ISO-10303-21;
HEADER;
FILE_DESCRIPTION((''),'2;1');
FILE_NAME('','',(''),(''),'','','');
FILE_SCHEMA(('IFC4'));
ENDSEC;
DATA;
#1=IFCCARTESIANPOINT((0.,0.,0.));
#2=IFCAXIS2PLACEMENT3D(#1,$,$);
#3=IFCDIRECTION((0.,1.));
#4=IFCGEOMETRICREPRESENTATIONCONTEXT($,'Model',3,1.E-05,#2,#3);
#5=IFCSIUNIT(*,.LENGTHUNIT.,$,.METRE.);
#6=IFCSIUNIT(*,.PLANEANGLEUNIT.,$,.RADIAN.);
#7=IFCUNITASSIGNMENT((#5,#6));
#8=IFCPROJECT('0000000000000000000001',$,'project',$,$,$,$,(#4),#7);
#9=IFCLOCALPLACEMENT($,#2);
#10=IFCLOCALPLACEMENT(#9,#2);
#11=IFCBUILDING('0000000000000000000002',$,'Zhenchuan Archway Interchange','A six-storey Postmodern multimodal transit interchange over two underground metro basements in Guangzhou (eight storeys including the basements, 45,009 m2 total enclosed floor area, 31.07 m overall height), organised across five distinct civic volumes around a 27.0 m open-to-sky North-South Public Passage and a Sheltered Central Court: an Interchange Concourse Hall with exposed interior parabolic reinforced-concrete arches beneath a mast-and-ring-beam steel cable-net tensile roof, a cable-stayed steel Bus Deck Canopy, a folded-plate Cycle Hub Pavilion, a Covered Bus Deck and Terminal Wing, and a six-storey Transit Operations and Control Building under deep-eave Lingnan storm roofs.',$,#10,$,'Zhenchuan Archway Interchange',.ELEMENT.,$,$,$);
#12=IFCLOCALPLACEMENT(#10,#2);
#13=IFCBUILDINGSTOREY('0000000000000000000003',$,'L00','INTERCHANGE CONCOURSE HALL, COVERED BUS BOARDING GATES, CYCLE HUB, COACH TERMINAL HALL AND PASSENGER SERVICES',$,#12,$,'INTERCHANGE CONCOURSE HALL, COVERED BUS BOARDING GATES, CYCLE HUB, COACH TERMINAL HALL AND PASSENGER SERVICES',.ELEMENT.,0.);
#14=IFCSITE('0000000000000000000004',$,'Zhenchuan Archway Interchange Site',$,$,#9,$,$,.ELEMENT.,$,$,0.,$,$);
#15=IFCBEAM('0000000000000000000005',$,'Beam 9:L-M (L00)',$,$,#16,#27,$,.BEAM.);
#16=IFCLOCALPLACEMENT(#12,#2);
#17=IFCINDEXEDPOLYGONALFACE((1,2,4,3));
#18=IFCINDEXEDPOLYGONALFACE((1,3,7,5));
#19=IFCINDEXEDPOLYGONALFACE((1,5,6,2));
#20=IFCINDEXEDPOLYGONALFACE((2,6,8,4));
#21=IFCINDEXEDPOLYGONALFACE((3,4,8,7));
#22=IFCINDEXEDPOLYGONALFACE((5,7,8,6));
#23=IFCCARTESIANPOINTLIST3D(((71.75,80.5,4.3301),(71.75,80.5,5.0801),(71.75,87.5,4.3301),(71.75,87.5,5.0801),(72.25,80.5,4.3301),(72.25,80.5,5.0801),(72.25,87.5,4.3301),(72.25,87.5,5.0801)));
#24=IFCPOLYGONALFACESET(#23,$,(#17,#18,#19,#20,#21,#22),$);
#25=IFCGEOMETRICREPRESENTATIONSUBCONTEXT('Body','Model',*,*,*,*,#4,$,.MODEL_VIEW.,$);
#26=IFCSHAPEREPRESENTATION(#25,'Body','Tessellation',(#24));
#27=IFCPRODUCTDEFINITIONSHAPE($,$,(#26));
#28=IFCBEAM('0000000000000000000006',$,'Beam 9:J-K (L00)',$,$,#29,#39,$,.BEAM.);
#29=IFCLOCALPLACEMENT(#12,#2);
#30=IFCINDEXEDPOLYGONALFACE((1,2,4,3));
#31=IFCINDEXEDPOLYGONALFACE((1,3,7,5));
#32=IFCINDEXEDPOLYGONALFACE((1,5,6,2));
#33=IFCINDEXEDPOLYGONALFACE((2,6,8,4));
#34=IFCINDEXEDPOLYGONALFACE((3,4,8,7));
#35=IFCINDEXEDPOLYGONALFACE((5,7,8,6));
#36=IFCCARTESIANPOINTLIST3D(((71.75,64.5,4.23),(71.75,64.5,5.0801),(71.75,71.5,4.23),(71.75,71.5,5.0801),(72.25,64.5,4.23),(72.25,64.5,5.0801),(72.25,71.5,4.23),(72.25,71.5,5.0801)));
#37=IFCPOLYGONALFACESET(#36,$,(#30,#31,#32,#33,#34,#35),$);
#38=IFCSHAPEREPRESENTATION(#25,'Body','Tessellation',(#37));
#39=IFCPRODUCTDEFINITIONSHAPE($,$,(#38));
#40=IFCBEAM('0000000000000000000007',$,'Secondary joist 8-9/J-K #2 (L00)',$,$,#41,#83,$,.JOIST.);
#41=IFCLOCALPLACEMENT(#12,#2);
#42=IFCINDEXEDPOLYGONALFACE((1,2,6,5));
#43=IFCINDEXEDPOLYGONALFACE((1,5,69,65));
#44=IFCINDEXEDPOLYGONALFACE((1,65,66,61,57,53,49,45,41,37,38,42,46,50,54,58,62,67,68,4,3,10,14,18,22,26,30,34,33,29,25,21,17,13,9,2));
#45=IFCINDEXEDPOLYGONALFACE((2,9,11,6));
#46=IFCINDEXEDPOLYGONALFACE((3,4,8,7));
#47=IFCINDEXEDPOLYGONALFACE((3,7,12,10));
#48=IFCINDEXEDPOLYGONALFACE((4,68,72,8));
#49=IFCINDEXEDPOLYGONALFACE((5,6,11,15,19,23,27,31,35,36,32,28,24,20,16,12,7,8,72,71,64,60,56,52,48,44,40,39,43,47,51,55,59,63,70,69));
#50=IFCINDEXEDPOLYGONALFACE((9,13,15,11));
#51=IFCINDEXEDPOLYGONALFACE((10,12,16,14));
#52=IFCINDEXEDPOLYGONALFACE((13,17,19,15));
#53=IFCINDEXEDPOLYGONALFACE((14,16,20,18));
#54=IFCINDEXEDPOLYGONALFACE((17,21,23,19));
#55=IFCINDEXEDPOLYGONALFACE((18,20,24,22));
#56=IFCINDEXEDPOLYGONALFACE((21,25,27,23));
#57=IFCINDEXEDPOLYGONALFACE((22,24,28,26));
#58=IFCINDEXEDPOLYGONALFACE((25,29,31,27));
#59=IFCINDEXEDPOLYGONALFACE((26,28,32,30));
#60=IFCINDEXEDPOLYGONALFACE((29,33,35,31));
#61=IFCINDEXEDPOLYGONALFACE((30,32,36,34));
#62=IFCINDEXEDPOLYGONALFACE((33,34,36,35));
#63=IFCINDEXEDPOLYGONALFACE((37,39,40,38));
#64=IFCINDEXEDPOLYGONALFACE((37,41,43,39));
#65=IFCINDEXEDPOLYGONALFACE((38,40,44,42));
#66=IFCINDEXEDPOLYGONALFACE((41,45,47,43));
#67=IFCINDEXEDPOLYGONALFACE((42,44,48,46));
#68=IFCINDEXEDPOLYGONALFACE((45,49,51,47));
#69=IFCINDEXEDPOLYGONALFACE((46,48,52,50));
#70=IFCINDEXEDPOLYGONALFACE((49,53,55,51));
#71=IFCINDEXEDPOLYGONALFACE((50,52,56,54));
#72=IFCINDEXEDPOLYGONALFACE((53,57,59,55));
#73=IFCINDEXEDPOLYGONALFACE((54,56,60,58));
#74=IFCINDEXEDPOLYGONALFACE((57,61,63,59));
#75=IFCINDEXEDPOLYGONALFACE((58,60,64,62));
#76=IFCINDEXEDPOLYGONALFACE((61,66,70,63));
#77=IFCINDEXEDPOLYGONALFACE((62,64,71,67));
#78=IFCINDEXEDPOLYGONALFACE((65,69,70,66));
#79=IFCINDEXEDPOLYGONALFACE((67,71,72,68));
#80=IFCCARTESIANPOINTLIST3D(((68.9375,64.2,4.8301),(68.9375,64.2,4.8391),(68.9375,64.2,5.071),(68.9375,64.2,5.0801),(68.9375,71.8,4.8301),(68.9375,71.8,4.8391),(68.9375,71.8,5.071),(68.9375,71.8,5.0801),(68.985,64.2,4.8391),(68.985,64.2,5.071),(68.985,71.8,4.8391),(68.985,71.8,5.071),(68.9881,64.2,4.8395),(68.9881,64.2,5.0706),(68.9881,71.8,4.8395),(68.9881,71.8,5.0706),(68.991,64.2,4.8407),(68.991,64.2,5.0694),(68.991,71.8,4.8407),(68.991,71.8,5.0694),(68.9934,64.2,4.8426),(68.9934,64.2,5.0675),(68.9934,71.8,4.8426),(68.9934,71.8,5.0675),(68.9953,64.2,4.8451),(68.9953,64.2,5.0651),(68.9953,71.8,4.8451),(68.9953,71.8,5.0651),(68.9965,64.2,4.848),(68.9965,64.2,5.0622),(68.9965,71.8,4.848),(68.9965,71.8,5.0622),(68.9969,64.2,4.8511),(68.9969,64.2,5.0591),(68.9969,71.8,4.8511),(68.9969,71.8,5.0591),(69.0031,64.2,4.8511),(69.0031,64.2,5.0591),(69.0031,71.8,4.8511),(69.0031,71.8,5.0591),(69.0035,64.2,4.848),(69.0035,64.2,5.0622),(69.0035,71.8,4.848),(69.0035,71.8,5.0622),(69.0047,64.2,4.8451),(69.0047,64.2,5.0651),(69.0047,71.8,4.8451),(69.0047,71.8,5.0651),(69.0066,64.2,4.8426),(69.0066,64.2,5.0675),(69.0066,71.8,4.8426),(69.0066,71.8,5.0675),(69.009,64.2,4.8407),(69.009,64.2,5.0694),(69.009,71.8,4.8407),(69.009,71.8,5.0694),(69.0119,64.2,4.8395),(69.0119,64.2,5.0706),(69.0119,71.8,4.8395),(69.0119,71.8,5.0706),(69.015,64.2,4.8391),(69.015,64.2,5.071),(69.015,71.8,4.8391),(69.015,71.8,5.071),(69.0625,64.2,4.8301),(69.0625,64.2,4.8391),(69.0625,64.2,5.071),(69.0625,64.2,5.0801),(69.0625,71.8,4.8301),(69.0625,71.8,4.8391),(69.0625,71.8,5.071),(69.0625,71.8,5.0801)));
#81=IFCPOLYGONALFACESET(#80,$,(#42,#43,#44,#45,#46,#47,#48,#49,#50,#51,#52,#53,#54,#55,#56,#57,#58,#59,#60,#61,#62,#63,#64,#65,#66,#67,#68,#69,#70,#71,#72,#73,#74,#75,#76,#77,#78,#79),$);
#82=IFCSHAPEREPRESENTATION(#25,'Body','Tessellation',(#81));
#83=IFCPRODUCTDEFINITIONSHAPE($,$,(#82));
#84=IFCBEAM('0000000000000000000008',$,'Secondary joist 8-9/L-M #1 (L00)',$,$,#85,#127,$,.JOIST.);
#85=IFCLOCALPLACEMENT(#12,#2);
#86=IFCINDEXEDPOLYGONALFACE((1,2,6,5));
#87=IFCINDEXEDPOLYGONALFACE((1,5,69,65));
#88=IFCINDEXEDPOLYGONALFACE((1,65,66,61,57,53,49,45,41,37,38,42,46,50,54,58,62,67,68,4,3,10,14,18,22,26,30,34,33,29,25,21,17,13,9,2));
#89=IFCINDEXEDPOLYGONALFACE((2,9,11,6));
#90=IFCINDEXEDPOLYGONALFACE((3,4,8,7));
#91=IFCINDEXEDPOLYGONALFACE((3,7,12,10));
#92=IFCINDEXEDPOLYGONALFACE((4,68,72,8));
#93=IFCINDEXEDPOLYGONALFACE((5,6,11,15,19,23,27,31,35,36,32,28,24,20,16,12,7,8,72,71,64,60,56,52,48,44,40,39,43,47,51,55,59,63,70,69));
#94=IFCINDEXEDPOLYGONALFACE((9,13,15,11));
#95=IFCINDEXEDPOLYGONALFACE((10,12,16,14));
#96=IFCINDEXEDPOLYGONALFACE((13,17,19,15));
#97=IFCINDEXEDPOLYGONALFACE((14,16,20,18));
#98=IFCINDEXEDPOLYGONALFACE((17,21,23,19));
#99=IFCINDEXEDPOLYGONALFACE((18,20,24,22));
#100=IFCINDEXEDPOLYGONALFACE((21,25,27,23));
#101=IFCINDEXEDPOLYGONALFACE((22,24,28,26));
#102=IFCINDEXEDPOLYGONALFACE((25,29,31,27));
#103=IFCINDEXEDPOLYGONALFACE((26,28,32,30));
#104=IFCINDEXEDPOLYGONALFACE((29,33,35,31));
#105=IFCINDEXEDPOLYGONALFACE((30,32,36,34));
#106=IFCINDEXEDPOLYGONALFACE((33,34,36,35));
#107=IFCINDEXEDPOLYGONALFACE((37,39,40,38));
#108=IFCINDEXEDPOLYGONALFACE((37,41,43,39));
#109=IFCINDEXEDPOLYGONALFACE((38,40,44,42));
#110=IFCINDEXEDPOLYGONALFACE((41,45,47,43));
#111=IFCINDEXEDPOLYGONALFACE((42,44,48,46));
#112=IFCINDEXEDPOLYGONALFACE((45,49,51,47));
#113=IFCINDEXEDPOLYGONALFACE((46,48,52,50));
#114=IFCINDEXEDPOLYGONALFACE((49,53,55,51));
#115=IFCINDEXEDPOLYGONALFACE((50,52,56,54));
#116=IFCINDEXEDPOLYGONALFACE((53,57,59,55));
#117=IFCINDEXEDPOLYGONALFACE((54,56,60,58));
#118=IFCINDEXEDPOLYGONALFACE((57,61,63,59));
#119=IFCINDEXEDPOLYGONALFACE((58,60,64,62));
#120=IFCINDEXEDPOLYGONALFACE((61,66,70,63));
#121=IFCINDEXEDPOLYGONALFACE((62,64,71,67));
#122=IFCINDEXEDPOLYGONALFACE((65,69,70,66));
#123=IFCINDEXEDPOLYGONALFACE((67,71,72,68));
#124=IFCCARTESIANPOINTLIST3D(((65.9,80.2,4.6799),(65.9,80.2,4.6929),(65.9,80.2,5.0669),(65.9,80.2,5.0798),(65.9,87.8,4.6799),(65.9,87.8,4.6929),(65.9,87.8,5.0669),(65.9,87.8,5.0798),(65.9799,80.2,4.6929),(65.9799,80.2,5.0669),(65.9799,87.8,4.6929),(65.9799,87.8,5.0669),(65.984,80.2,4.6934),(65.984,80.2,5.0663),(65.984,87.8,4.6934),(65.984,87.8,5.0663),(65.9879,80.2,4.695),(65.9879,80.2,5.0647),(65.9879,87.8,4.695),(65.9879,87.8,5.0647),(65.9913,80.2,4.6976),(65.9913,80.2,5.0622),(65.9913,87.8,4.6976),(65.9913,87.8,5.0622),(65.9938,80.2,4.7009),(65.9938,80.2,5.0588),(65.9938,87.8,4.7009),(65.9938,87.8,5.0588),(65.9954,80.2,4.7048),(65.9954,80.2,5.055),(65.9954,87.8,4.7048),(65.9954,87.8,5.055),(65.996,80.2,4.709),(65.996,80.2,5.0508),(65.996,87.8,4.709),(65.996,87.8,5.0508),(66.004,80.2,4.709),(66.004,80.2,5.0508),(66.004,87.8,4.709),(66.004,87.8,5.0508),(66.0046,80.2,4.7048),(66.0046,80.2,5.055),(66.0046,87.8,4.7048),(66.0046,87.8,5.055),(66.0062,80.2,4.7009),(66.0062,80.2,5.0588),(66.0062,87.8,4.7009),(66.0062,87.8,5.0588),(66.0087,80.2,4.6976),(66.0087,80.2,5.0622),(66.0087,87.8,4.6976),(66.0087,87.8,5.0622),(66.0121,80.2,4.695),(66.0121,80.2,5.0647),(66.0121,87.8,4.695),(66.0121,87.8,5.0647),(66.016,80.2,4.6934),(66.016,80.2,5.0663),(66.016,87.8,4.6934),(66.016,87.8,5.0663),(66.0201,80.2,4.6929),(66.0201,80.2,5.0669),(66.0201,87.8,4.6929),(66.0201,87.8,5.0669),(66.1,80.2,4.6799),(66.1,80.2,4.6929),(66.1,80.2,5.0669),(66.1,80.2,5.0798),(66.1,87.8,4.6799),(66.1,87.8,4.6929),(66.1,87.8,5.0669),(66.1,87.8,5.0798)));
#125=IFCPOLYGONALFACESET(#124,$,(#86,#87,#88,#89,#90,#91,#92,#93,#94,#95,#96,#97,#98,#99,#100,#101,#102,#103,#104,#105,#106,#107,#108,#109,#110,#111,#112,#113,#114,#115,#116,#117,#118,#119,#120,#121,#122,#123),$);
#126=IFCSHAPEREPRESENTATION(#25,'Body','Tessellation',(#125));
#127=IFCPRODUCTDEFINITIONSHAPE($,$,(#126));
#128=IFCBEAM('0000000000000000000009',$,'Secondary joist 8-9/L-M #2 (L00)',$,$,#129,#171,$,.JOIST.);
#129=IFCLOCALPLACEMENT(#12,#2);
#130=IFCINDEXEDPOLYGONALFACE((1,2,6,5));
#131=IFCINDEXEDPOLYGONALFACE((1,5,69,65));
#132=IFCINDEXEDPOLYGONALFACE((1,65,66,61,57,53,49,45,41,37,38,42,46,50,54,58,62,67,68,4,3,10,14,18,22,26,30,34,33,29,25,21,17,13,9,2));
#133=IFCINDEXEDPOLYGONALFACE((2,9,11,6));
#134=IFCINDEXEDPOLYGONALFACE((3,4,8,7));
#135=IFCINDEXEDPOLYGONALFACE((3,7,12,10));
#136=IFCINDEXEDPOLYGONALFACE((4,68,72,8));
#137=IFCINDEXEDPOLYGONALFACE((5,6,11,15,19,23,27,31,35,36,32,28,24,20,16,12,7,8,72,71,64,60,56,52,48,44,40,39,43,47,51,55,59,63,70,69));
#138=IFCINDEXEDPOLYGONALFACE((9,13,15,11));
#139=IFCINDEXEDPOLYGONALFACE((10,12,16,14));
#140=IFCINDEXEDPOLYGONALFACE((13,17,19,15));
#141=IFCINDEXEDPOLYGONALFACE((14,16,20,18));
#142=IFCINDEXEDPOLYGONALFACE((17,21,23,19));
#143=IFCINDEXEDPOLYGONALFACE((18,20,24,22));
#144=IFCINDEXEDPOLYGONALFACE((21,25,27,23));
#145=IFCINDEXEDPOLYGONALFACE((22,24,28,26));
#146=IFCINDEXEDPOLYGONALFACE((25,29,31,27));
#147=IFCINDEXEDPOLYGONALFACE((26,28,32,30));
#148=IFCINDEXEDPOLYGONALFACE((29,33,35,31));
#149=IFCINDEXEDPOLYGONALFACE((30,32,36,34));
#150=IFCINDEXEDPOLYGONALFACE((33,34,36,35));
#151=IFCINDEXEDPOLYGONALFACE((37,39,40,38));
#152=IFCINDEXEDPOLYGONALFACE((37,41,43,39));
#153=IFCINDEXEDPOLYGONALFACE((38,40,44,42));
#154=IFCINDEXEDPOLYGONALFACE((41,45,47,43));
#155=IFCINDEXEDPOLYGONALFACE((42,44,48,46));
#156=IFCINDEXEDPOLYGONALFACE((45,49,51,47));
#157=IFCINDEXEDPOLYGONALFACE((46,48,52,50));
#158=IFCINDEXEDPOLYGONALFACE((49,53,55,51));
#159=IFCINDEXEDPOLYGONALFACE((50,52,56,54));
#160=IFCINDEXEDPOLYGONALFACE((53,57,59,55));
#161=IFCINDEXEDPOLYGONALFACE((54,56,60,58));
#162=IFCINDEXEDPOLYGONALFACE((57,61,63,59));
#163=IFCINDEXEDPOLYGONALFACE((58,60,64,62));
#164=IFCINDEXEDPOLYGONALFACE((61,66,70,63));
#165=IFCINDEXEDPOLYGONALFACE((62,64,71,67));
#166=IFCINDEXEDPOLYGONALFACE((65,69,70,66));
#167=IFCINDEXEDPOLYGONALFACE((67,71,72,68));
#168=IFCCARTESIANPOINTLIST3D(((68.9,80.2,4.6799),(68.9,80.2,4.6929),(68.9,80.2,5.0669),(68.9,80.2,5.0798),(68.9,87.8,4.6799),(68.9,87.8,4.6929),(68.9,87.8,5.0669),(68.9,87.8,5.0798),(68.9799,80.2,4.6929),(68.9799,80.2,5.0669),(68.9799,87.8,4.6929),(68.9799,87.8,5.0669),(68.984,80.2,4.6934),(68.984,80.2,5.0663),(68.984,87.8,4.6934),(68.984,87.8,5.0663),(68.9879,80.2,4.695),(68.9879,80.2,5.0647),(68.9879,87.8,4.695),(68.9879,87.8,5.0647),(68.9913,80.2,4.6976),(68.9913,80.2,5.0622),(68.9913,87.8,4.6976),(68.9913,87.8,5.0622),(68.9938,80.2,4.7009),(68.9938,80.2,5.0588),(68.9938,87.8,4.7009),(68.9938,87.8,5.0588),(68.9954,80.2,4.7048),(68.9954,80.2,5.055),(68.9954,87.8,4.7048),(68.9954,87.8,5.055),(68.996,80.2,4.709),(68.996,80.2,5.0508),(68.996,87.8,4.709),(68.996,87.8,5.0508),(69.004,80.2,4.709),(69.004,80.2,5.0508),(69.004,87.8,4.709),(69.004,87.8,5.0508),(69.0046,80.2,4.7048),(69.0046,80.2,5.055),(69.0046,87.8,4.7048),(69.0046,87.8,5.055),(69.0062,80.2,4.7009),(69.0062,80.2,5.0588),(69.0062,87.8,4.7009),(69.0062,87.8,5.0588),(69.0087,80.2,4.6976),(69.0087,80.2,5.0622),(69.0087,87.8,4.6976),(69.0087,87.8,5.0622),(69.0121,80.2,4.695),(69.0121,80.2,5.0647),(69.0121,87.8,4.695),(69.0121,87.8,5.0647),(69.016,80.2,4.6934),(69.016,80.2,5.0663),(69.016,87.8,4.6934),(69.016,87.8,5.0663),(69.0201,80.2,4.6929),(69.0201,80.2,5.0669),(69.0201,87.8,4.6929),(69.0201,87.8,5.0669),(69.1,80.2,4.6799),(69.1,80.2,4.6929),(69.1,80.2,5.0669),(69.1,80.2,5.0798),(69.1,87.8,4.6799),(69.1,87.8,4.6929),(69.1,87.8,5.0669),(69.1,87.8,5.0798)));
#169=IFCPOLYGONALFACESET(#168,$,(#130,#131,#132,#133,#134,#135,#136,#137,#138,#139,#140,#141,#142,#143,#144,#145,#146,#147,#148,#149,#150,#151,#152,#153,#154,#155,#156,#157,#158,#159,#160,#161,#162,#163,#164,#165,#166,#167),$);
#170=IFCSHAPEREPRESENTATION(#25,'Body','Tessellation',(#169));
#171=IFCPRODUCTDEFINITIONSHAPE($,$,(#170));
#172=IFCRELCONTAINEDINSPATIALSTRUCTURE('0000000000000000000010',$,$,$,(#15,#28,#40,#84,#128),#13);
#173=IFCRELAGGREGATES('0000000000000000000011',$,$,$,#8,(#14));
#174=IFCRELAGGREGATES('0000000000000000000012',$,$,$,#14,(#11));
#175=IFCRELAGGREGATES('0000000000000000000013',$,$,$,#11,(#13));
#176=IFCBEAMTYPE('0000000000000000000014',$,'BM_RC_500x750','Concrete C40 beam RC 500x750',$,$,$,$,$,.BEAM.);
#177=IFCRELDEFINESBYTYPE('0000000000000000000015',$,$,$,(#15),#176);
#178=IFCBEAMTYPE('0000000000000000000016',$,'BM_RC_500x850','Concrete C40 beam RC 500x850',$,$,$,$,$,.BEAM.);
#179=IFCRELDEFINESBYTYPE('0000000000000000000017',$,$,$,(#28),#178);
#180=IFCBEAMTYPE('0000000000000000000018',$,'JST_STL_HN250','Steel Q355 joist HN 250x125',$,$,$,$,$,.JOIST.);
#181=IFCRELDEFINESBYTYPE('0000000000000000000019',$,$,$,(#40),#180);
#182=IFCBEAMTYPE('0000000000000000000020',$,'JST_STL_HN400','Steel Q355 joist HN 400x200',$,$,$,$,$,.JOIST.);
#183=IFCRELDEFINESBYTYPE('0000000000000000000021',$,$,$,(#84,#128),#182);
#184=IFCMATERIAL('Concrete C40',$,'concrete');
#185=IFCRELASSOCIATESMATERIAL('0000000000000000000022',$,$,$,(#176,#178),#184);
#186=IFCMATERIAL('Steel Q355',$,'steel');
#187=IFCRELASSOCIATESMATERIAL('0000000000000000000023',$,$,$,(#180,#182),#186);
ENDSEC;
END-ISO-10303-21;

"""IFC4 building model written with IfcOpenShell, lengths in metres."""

from ifc_helpers import new_model, si_unit, direction, frame, origin, origin_2d, place, context, subcontext, project, spatial, rectangle, i_section, extrude, material, material_profile, profile_set, type_object, element, save


model = new_model("IFC4")

# Units and contexts
model_context = context("Model", 3, precision=1e-05, world=origin(), true_north=direction((0.0, 1.0)))
body_context = subcontext(model_context, "Body", "Model", "MODEL_VIEW")
ifc_project = project(units=[si_unit("LENGTHUNIT", "METRE"), si_unit("PLANEANGLEUNIT", "RADIAN")], contexts=[model_context])

# Site, building, storey
site_placement = place(None, origin())
site = spatial("IfcSite", under=ifc_project, at=site_placement, Name="Zhenchuan Archway Interchange Site", CompositionType="ELEMENT", RefElevation=0.0)
building_placement = place(site_placement, origin())
building = spatial("IfcBuilding", under=site, at=building_placement, Name="Zhenchuan Archway Interchange", Description="A six-storey Postmodern multimodal transit interchange over two underground metro basements in Guangzhou (eight storeys including the basements, 45,009 m2 total enclosed floor area, 31.07 m overall height), organised across five distinct civic volumes around a 27.0 m open-to-sky North-South Public Passage and a Sheltered Central Court: an Interchange Concourse Hall with exposed interior parabolic reinforced-concrete arches beneath a mast-and-ring-beam steel cable-net tensile roof, a cable-stayed steel Bus Deck Canopy, a folded-plate Cycle Hub Pavilion, a Covered Bus Deck and Terminal Wing, and a six-storey Transit Operations and Control Building under deep-eave Lingnan storm roofs.", LongName="Zhenchuan Archway Interchange", CompositionType="ELEMENT")
storey_placement = place(building_placement, origin())
storey = spatial("IfcBuildingStorey", under=building, at=storey_placement, Name="L00", Description="INTERCHANGE CONCOURSE HALL, COVERED BUS BOARDING GATES, CYCLE HUB, COACH TERMINAL HALL AND PASSENGER SERVICES", LongName="INTERCHANGE CONCOURSE HALL, COVERED BUS BOARDING GATES, CYCLE HUB, COACH TERMINAL HALL AND PASSENGER SERVICES", CompositionType="ELEMENT", Elevation=0.0)

# Shared definitions
ifc_material_1 = material(Name="Concrete C40", Category="concrete")

# Beams
ifc_material_profile_1 = material_profile(ifc_material_1, rectangle(XDim=0.5, YDim=0.75, at=origin_2d()), Name="RC 500x750")
ifc_profile_set_1 = profile_set([ifc_material_profile_1], Name="Concrete C40")
beam_type_1 = type_object("IfcBeamType", Name="BM_RC_500x750", Description="Concrete C40 beam RC 500x750", PredefinedType="BEAM", material=ifc_profile_set_1)
for number, where, z_axis, x_axis, name in (
    (1, (72.0, 80.5, 4.7051), (0.0, 1.0, 0.0), (-1.0, 0.0, 0.0), "Beam 9:L-M (L00)"),
):
    element("IfcBeam", number, at=place(storey_placement, frame(where, z_axis=z_axis, x_axis=x_axis)), inside=storey, type_object=beam_type_1, Name=name, PredefinedType="BEAM", context=body_context, shape_type="SweptSolid", body=[
        extrude(rectangle(XDim=0.5, YDim=0.75, at=origin_2d()), origin(), (0.0, 0.0, 1.0), 7.0),
    ])
ifc_material_profile_2 = material_profile(ifc_material_1, rectangle(XDim=0.5, YDim=0.8501, at=origin_2d()), Name="RC 500x850")
ifc_profile_set_2 = profile_set([ifc_material_profile_2], Name="Concrete C40")
beam_type_2 = type_object("IfcBeamType", Name="BM_RC_500x850", Description="Concrete C40 beam RC 500x850", PredefinedType="BEAM", material=ifc_profile_set_2)
beam_1_placement = place(storey_placement, frame((72.0, 64.5, 4.655), z_axis=(0.0, 1.0, 0.0), x_axis=(-1.0, 0.0, 0.0)))
element("IfcBeam", 2, at=beam_1_placement, inside=storey, type_object=beam_type_2, Name="Beam 9:J-K (L00)", PredefinedType="BEAM", context=body_context, shape_type="SweptSolid", body=[
    extrude(rectangle(XDim=0.5, YDim=0.8501, at=origin_2d()), origin(), (0.0, 0.0, 1.0), 7.0),
])
ifc_material_2 = material(Name="Steel Q355", Category="steel")
ifc_material_profile_3 = material_profile(ifc_material_2, i_section(OverallWidth=0.125, OverallDepth=0.25, WebThickness=0.0061, FlangeThickness=0.009, FilletRadius=0.012, at=origin_2d()), Name="HN 250x125")
ifc_profile_set_3 = profile_set([ifc_material_profile_3], Name="Steel Q355")
beam_type_3 = type_object("IfcBeamType", Name="JST_STL_HN250", Description="Steel Q355 joist HN 250x125", PredefinedType="JOIST", material=ifc_profile_set_3)
beam_2_placement = place(storey_placement, frame((69.0, 64.2, 4.9551), z_axis=(0.0, 1.0, 0.0), x_axis=(-1.0, 0.0, 0.0)))
element("IfcBeam", 3, at=beam_2_placement, inside=storey, type_object=beam_type_3, Name="Secondary joist 8-9/J-K #2 (L00)", PredefinedType="JOIST", context=body_context, shape_type="SweptSolid", body=[
    extrude(i_section(OverallWidth=0.125, OverallDepth=0.25, WebThickness=0.0061, FlangeThickness=0.009, FilletRadius=0.012, at=origin_2d()), origin(), (0.0, 0.0, 1.0), 7.6001),
])
ifc_material_profile_4 = material_profile(ifc_material_2, i_section(OverallWidth=0.2, OverallDepth=0.3999, WebThickness=0.0081, FlangeThickness=0.0129, FilletRadius=0.0161, at=origin_2d()), Name="HN 400x200")
ifc_profile_set_4 = profile_set([ifc_material_profile_4], Name="Steel Q355")
beam_type_4 = type_object("IfcBeamType", Name="JST_STL_HN400", Description="Steel Q355 joist HN 400x200", PredefinedType="JOIST", material=ifc_profile_set_4)
for number, where, z_axis, x_axis, name in (
    (4, (66.0, 80.2, 4.8799), (0.0, 1.0, 0.0), (-1.0, 0.0, 0.0), "Secondary joist 8-9/L-M #1 (L00)"),
    (5, (69.0, 80.2, 4.8799), (0.0, 1.0, 0.0), (-1.0, 0.0, 0.0), "Secondary joist 8-9/L-M #2 (L00)"),
):
    element("IfcBeam", number, at=place(storey_placement, frame(where, z_axis=z_axis, x_axis=x_axis)), inside=storey, type_object=beam_type_4, Name=name, PredefinedType="JOIST", context=body_context, shape_type="SweptSolid", body=[
        extrude(i_section(OverallWidth=0.2, OverallDepth=0.3999, WebThickness=0.0081, FlangeThickness=0.0129, FilletRadius=0.0161, at=origin_2d()), origin(), (0.0, 0.0, 1.0), 7.6001),
    ])

save(model, "model.ifc")
